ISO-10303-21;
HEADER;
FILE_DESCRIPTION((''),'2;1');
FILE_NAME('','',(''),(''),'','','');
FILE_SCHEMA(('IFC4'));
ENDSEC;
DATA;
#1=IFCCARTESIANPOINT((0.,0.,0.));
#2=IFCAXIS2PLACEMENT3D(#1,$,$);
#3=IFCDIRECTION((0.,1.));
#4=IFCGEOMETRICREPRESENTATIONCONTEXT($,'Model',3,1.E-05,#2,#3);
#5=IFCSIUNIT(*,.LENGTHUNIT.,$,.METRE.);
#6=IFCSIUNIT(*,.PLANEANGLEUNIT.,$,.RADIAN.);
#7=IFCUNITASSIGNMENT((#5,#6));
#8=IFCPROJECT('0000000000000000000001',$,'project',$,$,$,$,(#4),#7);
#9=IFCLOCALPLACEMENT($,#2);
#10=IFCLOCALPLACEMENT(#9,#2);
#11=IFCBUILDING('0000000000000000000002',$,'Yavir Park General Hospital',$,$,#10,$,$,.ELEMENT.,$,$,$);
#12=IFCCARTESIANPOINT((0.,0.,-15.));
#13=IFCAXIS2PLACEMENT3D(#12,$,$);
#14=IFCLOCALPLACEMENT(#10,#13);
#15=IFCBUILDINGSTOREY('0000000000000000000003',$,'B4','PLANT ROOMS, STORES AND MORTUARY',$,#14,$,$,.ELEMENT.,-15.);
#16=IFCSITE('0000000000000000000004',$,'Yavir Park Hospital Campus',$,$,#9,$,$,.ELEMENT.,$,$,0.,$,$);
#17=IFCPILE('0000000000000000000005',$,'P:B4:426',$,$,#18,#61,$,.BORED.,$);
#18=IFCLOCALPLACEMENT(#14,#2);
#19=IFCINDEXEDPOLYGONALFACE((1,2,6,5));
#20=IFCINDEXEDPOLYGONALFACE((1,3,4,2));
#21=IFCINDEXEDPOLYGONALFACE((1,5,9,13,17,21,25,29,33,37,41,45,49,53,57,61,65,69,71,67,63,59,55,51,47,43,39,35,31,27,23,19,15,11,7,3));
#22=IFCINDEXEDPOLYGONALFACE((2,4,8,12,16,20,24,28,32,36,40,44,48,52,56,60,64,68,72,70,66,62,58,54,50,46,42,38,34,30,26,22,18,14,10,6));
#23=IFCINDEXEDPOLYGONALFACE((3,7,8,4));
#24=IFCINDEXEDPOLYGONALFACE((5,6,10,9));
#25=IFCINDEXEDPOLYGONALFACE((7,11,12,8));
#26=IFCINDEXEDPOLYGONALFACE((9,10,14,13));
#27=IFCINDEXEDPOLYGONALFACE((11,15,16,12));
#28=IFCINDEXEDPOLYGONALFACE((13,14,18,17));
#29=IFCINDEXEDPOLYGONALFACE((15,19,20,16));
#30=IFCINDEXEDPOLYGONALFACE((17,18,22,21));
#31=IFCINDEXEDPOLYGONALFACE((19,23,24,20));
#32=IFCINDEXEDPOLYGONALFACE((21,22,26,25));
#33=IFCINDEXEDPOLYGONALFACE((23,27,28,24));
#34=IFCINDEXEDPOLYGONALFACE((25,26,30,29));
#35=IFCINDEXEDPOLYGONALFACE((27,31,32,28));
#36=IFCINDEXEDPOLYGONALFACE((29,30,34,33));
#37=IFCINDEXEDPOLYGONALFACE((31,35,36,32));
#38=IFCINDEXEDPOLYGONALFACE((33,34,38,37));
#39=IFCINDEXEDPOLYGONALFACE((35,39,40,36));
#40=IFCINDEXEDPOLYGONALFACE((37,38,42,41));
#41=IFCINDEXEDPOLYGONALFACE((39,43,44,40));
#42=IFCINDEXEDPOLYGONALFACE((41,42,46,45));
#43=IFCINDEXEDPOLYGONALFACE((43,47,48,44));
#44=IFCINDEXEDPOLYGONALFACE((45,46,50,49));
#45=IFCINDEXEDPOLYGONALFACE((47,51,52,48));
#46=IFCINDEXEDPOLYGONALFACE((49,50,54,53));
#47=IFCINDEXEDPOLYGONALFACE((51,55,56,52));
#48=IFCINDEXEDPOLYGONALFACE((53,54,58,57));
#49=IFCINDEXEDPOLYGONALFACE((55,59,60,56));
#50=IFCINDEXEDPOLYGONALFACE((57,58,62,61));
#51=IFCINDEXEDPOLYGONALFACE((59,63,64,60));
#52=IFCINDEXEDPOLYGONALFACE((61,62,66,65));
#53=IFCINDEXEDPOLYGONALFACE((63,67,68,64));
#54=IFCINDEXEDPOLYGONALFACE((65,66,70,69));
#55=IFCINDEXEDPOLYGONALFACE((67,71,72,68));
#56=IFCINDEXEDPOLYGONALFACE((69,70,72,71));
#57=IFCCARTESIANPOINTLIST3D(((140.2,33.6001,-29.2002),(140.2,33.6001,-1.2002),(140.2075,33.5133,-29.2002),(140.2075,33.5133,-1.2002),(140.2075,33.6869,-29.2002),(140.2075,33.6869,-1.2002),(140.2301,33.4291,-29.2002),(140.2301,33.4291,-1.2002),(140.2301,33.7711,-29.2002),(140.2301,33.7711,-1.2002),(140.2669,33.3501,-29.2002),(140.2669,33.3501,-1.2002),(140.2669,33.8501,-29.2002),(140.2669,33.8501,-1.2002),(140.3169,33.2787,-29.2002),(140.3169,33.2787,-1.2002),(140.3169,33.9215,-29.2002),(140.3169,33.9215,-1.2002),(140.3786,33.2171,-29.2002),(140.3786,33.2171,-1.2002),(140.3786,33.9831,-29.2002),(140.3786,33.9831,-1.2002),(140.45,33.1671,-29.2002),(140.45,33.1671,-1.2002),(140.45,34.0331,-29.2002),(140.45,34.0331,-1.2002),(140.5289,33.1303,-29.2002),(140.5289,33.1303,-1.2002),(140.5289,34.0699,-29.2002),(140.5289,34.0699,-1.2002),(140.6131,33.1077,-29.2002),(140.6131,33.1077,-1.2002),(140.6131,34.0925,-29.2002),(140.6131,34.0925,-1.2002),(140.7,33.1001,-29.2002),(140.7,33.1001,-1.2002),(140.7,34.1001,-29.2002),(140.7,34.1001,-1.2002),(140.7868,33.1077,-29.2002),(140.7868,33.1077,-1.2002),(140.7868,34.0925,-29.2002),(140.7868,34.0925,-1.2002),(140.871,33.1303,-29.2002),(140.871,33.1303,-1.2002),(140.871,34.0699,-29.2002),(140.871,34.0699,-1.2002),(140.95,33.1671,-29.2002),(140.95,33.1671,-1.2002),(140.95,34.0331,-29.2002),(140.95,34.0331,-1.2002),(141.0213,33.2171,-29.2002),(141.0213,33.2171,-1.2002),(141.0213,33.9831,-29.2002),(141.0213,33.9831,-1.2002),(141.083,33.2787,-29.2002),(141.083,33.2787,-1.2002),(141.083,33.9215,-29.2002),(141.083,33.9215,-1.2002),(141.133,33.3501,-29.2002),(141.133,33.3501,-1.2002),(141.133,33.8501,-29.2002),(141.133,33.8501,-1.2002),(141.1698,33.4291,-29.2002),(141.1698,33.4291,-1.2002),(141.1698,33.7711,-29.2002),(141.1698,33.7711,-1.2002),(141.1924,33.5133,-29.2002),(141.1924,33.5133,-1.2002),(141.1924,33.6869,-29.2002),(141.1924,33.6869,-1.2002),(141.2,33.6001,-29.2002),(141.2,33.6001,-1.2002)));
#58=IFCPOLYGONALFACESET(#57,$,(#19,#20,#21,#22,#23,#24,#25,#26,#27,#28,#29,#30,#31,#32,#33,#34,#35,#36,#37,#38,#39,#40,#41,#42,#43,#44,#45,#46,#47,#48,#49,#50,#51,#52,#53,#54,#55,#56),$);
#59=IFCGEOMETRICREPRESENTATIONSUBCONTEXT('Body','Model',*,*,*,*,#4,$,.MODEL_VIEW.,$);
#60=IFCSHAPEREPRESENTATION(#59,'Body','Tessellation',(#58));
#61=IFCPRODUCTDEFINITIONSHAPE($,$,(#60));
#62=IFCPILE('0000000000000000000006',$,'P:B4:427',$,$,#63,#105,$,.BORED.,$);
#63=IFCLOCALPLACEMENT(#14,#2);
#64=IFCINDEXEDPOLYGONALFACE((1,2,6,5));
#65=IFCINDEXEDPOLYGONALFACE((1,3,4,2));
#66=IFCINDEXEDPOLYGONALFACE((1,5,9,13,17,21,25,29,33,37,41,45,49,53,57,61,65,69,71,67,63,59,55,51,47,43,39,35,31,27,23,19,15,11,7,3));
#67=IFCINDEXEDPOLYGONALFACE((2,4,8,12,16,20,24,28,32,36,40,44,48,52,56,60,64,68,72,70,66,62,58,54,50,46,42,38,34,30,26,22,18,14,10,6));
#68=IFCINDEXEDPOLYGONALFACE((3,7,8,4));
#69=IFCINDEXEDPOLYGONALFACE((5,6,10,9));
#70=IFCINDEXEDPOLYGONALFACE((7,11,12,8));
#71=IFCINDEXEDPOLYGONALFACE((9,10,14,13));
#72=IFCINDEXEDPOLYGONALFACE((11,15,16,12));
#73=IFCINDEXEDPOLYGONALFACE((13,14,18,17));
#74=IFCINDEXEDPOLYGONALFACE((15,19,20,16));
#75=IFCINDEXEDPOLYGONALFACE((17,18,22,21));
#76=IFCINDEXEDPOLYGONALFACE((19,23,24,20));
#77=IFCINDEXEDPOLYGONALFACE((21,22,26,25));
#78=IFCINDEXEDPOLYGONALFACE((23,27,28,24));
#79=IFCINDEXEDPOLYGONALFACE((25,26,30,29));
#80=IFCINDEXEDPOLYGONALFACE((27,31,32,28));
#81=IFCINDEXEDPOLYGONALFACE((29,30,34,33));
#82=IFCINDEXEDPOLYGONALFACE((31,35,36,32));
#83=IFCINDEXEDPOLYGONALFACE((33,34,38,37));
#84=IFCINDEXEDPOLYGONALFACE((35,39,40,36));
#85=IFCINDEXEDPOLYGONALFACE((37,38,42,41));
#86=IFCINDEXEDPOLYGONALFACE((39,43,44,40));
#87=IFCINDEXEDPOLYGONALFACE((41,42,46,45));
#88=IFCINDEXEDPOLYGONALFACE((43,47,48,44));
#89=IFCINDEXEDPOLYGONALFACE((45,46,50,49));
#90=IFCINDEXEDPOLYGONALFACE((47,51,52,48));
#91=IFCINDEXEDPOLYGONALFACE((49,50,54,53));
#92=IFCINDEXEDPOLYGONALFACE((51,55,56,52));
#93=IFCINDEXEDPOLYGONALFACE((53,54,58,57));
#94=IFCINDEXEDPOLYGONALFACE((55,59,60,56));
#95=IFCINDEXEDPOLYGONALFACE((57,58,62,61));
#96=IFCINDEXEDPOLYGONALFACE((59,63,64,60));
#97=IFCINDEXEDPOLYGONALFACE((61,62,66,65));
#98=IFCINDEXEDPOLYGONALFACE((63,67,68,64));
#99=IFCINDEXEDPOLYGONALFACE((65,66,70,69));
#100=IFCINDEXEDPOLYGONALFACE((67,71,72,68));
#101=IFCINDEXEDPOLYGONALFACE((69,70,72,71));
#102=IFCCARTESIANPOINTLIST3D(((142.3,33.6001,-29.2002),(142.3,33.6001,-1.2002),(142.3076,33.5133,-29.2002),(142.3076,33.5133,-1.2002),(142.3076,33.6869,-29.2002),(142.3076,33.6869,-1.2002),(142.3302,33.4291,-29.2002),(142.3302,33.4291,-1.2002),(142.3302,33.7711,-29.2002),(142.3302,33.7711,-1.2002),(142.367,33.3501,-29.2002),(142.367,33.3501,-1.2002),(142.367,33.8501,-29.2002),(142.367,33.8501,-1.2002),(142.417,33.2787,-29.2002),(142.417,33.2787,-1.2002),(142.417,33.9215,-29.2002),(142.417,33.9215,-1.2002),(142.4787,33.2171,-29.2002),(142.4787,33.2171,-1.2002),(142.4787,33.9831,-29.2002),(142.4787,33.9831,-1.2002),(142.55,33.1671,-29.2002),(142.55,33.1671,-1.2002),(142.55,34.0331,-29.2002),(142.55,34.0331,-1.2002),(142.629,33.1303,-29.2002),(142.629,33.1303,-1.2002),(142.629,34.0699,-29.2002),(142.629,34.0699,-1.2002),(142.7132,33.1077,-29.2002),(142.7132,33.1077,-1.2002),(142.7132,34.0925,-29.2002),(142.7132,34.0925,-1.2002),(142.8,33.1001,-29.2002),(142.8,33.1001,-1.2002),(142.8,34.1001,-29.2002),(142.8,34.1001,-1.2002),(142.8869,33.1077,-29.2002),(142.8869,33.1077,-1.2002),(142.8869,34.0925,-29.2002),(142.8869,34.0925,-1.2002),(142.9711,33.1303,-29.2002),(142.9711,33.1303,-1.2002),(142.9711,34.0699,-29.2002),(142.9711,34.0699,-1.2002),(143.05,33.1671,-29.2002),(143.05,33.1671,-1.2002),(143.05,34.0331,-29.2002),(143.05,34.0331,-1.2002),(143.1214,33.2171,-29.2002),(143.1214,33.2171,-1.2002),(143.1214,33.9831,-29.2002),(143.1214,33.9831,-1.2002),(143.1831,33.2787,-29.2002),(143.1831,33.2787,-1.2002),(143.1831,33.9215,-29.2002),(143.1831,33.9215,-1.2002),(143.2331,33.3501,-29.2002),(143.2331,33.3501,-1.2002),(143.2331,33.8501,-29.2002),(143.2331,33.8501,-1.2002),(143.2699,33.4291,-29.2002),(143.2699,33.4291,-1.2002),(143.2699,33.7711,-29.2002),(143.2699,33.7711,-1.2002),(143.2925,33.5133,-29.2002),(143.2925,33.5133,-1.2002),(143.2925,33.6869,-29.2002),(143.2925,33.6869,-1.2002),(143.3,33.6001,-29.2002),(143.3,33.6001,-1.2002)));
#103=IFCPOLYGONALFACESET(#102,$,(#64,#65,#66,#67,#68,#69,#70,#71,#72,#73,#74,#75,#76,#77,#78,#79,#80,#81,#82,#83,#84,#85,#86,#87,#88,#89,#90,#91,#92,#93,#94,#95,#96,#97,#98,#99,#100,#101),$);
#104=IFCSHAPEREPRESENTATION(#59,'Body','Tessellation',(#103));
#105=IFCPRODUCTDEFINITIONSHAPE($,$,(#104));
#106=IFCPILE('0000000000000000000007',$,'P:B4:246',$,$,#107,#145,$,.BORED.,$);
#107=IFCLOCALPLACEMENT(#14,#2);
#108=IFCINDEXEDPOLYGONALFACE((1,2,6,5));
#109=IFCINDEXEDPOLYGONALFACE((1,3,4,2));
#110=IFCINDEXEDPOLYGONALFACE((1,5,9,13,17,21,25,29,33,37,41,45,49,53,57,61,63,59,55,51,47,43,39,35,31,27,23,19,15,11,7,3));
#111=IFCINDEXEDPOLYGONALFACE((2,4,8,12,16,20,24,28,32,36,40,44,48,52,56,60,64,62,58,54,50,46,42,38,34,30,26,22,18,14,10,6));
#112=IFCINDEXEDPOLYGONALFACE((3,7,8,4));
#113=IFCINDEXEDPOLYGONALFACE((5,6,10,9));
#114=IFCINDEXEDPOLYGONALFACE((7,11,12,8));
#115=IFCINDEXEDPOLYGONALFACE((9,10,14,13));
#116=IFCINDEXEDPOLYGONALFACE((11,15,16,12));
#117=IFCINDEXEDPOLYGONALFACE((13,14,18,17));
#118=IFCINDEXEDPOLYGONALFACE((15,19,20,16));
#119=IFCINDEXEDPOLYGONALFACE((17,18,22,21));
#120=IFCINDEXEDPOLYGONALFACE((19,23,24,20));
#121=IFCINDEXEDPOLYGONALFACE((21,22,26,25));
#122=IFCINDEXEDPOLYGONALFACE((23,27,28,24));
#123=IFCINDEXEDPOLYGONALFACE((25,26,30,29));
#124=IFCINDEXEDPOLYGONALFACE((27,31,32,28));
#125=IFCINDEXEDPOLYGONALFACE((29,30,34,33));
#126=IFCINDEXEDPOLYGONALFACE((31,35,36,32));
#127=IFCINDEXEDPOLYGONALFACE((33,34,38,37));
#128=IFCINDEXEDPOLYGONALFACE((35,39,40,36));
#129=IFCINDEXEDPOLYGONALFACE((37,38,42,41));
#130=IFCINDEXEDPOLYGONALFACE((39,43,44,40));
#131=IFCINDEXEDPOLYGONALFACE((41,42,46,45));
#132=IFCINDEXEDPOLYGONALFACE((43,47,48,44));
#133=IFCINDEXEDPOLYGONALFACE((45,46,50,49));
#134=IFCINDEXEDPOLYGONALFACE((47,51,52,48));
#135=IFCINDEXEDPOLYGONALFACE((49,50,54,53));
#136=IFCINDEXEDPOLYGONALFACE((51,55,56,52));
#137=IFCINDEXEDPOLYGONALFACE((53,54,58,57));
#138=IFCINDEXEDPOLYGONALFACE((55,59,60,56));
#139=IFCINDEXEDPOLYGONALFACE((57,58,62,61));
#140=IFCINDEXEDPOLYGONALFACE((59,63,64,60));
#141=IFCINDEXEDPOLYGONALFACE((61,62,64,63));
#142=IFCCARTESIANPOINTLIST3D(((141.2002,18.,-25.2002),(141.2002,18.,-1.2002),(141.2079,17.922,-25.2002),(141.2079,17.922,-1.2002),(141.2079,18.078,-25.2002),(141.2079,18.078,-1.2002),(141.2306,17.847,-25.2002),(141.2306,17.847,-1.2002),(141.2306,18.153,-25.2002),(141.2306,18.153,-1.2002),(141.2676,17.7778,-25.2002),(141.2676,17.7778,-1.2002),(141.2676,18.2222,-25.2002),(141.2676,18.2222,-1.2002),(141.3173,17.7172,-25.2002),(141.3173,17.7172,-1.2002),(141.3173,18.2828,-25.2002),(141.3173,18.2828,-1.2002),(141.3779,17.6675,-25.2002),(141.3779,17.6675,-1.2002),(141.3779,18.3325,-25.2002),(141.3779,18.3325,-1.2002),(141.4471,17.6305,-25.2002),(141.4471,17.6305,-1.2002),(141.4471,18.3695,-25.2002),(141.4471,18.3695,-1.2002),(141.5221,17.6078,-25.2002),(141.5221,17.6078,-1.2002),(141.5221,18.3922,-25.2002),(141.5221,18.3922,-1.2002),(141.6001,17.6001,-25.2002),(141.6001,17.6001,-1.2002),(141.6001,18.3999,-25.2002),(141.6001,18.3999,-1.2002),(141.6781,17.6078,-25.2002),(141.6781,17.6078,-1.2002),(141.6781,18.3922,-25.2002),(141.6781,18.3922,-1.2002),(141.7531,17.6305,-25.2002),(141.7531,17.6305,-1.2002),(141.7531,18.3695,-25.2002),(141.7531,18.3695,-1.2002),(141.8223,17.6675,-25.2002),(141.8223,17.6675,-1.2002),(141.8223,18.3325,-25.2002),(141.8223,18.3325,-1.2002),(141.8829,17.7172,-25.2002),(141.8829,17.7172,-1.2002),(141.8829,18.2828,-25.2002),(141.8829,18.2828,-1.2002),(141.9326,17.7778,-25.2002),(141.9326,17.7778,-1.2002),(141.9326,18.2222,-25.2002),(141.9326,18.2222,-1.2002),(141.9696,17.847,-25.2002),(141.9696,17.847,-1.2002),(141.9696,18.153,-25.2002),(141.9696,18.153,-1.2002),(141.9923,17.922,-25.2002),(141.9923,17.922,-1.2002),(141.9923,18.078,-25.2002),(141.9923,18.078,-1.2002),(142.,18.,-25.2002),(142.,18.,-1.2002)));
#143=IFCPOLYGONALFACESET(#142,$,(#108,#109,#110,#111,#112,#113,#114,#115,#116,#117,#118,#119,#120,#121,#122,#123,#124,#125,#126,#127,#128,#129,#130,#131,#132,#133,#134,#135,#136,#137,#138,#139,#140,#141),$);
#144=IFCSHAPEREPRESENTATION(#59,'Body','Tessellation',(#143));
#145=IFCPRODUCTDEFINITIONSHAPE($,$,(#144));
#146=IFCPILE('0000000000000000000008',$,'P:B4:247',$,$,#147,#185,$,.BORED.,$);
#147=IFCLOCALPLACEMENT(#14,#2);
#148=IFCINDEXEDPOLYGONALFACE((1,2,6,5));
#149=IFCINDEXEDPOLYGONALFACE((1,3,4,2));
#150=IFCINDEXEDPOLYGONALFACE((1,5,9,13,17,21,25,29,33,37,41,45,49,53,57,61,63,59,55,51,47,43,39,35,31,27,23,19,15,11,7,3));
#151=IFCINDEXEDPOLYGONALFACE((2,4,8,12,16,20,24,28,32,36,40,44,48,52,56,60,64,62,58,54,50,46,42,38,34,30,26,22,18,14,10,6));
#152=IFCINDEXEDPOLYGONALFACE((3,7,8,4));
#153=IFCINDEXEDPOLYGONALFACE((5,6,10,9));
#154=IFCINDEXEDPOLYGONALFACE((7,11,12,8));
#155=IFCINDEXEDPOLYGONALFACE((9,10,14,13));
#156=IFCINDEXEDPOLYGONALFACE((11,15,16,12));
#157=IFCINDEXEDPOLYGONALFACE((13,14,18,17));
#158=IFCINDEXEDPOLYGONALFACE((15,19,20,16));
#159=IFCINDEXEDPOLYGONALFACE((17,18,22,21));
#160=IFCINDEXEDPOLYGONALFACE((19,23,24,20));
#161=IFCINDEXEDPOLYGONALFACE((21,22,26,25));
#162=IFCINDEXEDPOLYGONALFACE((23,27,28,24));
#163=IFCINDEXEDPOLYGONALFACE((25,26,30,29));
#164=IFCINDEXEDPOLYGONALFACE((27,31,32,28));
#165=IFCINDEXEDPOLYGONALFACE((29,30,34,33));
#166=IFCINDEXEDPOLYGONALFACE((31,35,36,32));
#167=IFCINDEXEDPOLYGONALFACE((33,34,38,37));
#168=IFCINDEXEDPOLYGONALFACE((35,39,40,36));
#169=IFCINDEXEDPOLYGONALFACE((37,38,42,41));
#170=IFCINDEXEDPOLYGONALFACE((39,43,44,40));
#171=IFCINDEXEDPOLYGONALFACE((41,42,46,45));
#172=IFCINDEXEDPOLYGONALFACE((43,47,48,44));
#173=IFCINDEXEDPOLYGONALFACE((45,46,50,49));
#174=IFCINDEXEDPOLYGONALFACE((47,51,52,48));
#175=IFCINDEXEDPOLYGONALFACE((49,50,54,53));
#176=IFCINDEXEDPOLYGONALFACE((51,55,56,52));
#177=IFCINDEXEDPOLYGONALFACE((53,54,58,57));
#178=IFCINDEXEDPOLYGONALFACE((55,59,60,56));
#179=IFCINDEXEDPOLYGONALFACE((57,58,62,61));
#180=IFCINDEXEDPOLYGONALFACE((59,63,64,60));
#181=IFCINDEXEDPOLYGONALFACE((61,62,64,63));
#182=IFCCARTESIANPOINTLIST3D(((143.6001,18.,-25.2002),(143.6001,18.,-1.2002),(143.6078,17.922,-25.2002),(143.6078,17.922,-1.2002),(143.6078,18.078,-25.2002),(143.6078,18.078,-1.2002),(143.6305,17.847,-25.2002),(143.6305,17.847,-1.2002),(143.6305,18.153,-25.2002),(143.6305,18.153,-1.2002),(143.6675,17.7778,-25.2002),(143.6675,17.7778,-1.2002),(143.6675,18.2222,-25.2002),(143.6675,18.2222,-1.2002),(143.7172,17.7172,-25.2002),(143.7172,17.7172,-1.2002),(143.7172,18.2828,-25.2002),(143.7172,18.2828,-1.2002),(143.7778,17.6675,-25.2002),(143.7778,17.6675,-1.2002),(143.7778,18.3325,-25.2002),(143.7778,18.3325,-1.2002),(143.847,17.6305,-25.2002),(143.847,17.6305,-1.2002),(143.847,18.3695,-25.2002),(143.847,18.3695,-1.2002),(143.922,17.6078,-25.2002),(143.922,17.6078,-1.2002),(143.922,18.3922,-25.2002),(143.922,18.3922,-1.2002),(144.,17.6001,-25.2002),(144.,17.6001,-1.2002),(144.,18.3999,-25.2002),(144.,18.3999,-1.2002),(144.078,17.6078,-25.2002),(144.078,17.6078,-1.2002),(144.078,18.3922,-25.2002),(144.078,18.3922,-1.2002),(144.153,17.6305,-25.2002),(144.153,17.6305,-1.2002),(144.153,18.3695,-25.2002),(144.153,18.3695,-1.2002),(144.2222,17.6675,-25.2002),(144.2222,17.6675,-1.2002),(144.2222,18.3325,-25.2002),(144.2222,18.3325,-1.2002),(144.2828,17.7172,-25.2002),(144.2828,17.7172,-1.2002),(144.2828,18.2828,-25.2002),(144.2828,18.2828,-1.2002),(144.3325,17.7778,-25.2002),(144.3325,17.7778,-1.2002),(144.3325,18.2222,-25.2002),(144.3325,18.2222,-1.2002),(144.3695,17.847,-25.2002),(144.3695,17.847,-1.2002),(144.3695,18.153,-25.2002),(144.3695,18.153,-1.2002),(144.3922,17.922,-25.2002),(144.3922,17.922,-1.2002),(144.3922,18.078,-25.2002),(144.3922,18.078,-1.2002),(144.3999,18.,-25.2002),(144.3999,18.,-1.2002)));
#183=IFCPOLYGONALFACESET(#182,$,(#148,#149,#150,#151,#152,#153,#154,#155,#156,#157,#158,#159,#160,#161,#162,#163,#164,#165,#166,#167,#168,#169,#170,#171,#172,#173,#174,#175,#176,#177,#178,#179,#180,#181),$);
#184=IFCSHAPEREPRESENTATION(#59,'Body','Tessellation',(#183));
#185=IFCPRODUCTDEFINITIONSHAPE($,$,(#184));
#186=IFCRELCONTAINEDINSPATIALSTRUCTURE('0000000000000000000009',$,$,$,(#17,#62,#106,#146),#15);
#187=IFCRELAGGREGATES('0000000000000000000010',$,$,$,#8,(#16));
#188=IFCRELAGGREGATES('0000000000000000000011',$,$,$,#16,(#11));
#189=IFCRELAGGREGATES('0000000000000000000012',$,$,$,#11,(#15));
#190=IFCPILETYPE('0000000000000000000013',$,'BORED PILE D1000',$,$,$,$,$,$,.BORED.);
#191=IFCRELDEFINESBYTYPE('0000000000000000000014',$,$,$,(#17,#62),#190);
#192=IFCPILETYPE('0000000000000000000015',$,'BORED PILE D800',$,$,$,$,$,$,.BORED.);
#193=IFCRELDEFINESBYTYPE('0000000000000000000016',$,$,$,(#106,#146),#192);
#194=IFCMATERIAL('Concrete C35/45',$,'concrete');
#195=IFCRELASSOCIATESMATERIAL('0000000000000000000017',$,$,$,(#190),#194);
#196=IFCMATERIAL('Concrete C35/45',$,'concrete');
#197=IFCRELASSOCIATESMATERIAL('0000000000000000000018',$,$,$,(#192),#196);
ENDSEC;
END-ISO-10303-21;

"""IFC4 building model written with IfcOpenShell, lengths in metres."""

from ifc_helpers import new_model, si_unit, direction, frame, origin, origin_2d, place, context, subcontext, project, spatial, circle, extrude, material, material_profile, profile_set, type_object, element, save


model = new_model("IFC4")

# Units and contexts
model_context = context("Model", 3, precision=1e-05, world=origin(), true_north=direction((0.0, 1.0)))
body_context = subcontext(model_context, "Body", "Model", "MODEL_VIEW")
ifc_project = project(units=[si_unit("LENGTHUNIT", "METRE"), si_unit("PLANEANGLEUNIT", "RADIAN")], contexts=[model_context])

# Site, building, storey
site_placement = place(None, origin())
site = spatial("IfcSite", under=ifc_project, at=site_placement, Name="Yavir Park Hospital Campus", CompositionType="ELEMENT", RefElevation=0.0)
building_placement = place(site_placement, origin())
building = spatial("IfcBuilding", under=site, at=building_placement, Name="Yavir Park General Hospital", CompositionType="ELEMENT")
storey_placement = place(building_placement, frame((0.0, 0.0, -15.0)))
storey = spatial("IfcBuildingStorey", under=building, at=storey_placement, Name="B4", Description="PLANT ROOMS, STORES AND MORTUARY", CompositionType="ELEMENT", Elevation=-15.0)

# Piles
ifc_material_1 = material(Name="Concrete C35/45", Category="concrete")
ifc_material_profile_1 = material_profile(ifc_material_1, circle(Radius=0.5, at=origin_2d()), Name="D1000")
ifc_profile_set_1 = profile_set([ifc_material_profile_1], Name="Concrete C35/45")
pile_type_1 = type_object("IfcPileType", Name="BORED PILE D1000", PredefinedType="BORED", material=ifc_profile_set_1)
for number, where, z_axis, x_axis, name in (
    (1, (140.7, 33.6001, -1.2002), (0.0, 0.0, -1.0), (1.0, 0.0, 0.0), "P:B4:426"),
    (2, (142.8, 33.6001, -1.2002), (0.0, 0.0, -1.0), (1.0, 0.0, 0.0), "P:B4:427"),
):
    element("IfcPile", number, at=place(storey_placement, frame(where, z_axis=z_axis, x_axis=x_axis)), inside=storey, type_object=pile_type_1, Name=name, PredefinedType="BORED", context=body_context, shape_type="SweptSolid", body=[
        extrude(circle(Radius=0.5, at=origin_2d()), origin(), (0.0, 0.0, 1.0), 28.0),
    ])
ifc_material_2 = material(Name="Concrete C35/45", Category="concrete")
ifc_material_profile_2 = material_profile(ifc_material_2, circle(Radius=0.3999, at=origin_2d()), Name="D800")
ifc_profile_set_2 = profile_set([ifc_material_profile_2], Name="Concrete C35/45")
pile_type_2 = type_object("IfcPileType", Name="BORED PILE D800", PredefinedType="BORED", material=ifc_profile_set_2)
for number, where, z_axis, x_axis, name in (
    (3, (141.6001, 18.0, -1.2002), (0.0, 0.0, -1.0), (1.0, 0.0, 0.0), "P:B4:246"),
    (4, (144.0, 18.0, -1.2002), (0.0, 0.0, -1.0), (1.0, 0.0, 0.0), "P:B4:247"),
):
    element("IfcPile", number, at=place(storey_placement, frame(where, z_axis=z_axis, x_axis=x_axis)), inside=storey, type_object=pile_type_2, Name=name, PredefinedType="BORED", context=body_context, shape_type="SweptSolid", body=[
        extrude(circle(Radius=0.3999, at=origin_2d()), origin(), (0.0, 0.0, 1.0), 24.0),
    ])

save(model, "model.ifc")
